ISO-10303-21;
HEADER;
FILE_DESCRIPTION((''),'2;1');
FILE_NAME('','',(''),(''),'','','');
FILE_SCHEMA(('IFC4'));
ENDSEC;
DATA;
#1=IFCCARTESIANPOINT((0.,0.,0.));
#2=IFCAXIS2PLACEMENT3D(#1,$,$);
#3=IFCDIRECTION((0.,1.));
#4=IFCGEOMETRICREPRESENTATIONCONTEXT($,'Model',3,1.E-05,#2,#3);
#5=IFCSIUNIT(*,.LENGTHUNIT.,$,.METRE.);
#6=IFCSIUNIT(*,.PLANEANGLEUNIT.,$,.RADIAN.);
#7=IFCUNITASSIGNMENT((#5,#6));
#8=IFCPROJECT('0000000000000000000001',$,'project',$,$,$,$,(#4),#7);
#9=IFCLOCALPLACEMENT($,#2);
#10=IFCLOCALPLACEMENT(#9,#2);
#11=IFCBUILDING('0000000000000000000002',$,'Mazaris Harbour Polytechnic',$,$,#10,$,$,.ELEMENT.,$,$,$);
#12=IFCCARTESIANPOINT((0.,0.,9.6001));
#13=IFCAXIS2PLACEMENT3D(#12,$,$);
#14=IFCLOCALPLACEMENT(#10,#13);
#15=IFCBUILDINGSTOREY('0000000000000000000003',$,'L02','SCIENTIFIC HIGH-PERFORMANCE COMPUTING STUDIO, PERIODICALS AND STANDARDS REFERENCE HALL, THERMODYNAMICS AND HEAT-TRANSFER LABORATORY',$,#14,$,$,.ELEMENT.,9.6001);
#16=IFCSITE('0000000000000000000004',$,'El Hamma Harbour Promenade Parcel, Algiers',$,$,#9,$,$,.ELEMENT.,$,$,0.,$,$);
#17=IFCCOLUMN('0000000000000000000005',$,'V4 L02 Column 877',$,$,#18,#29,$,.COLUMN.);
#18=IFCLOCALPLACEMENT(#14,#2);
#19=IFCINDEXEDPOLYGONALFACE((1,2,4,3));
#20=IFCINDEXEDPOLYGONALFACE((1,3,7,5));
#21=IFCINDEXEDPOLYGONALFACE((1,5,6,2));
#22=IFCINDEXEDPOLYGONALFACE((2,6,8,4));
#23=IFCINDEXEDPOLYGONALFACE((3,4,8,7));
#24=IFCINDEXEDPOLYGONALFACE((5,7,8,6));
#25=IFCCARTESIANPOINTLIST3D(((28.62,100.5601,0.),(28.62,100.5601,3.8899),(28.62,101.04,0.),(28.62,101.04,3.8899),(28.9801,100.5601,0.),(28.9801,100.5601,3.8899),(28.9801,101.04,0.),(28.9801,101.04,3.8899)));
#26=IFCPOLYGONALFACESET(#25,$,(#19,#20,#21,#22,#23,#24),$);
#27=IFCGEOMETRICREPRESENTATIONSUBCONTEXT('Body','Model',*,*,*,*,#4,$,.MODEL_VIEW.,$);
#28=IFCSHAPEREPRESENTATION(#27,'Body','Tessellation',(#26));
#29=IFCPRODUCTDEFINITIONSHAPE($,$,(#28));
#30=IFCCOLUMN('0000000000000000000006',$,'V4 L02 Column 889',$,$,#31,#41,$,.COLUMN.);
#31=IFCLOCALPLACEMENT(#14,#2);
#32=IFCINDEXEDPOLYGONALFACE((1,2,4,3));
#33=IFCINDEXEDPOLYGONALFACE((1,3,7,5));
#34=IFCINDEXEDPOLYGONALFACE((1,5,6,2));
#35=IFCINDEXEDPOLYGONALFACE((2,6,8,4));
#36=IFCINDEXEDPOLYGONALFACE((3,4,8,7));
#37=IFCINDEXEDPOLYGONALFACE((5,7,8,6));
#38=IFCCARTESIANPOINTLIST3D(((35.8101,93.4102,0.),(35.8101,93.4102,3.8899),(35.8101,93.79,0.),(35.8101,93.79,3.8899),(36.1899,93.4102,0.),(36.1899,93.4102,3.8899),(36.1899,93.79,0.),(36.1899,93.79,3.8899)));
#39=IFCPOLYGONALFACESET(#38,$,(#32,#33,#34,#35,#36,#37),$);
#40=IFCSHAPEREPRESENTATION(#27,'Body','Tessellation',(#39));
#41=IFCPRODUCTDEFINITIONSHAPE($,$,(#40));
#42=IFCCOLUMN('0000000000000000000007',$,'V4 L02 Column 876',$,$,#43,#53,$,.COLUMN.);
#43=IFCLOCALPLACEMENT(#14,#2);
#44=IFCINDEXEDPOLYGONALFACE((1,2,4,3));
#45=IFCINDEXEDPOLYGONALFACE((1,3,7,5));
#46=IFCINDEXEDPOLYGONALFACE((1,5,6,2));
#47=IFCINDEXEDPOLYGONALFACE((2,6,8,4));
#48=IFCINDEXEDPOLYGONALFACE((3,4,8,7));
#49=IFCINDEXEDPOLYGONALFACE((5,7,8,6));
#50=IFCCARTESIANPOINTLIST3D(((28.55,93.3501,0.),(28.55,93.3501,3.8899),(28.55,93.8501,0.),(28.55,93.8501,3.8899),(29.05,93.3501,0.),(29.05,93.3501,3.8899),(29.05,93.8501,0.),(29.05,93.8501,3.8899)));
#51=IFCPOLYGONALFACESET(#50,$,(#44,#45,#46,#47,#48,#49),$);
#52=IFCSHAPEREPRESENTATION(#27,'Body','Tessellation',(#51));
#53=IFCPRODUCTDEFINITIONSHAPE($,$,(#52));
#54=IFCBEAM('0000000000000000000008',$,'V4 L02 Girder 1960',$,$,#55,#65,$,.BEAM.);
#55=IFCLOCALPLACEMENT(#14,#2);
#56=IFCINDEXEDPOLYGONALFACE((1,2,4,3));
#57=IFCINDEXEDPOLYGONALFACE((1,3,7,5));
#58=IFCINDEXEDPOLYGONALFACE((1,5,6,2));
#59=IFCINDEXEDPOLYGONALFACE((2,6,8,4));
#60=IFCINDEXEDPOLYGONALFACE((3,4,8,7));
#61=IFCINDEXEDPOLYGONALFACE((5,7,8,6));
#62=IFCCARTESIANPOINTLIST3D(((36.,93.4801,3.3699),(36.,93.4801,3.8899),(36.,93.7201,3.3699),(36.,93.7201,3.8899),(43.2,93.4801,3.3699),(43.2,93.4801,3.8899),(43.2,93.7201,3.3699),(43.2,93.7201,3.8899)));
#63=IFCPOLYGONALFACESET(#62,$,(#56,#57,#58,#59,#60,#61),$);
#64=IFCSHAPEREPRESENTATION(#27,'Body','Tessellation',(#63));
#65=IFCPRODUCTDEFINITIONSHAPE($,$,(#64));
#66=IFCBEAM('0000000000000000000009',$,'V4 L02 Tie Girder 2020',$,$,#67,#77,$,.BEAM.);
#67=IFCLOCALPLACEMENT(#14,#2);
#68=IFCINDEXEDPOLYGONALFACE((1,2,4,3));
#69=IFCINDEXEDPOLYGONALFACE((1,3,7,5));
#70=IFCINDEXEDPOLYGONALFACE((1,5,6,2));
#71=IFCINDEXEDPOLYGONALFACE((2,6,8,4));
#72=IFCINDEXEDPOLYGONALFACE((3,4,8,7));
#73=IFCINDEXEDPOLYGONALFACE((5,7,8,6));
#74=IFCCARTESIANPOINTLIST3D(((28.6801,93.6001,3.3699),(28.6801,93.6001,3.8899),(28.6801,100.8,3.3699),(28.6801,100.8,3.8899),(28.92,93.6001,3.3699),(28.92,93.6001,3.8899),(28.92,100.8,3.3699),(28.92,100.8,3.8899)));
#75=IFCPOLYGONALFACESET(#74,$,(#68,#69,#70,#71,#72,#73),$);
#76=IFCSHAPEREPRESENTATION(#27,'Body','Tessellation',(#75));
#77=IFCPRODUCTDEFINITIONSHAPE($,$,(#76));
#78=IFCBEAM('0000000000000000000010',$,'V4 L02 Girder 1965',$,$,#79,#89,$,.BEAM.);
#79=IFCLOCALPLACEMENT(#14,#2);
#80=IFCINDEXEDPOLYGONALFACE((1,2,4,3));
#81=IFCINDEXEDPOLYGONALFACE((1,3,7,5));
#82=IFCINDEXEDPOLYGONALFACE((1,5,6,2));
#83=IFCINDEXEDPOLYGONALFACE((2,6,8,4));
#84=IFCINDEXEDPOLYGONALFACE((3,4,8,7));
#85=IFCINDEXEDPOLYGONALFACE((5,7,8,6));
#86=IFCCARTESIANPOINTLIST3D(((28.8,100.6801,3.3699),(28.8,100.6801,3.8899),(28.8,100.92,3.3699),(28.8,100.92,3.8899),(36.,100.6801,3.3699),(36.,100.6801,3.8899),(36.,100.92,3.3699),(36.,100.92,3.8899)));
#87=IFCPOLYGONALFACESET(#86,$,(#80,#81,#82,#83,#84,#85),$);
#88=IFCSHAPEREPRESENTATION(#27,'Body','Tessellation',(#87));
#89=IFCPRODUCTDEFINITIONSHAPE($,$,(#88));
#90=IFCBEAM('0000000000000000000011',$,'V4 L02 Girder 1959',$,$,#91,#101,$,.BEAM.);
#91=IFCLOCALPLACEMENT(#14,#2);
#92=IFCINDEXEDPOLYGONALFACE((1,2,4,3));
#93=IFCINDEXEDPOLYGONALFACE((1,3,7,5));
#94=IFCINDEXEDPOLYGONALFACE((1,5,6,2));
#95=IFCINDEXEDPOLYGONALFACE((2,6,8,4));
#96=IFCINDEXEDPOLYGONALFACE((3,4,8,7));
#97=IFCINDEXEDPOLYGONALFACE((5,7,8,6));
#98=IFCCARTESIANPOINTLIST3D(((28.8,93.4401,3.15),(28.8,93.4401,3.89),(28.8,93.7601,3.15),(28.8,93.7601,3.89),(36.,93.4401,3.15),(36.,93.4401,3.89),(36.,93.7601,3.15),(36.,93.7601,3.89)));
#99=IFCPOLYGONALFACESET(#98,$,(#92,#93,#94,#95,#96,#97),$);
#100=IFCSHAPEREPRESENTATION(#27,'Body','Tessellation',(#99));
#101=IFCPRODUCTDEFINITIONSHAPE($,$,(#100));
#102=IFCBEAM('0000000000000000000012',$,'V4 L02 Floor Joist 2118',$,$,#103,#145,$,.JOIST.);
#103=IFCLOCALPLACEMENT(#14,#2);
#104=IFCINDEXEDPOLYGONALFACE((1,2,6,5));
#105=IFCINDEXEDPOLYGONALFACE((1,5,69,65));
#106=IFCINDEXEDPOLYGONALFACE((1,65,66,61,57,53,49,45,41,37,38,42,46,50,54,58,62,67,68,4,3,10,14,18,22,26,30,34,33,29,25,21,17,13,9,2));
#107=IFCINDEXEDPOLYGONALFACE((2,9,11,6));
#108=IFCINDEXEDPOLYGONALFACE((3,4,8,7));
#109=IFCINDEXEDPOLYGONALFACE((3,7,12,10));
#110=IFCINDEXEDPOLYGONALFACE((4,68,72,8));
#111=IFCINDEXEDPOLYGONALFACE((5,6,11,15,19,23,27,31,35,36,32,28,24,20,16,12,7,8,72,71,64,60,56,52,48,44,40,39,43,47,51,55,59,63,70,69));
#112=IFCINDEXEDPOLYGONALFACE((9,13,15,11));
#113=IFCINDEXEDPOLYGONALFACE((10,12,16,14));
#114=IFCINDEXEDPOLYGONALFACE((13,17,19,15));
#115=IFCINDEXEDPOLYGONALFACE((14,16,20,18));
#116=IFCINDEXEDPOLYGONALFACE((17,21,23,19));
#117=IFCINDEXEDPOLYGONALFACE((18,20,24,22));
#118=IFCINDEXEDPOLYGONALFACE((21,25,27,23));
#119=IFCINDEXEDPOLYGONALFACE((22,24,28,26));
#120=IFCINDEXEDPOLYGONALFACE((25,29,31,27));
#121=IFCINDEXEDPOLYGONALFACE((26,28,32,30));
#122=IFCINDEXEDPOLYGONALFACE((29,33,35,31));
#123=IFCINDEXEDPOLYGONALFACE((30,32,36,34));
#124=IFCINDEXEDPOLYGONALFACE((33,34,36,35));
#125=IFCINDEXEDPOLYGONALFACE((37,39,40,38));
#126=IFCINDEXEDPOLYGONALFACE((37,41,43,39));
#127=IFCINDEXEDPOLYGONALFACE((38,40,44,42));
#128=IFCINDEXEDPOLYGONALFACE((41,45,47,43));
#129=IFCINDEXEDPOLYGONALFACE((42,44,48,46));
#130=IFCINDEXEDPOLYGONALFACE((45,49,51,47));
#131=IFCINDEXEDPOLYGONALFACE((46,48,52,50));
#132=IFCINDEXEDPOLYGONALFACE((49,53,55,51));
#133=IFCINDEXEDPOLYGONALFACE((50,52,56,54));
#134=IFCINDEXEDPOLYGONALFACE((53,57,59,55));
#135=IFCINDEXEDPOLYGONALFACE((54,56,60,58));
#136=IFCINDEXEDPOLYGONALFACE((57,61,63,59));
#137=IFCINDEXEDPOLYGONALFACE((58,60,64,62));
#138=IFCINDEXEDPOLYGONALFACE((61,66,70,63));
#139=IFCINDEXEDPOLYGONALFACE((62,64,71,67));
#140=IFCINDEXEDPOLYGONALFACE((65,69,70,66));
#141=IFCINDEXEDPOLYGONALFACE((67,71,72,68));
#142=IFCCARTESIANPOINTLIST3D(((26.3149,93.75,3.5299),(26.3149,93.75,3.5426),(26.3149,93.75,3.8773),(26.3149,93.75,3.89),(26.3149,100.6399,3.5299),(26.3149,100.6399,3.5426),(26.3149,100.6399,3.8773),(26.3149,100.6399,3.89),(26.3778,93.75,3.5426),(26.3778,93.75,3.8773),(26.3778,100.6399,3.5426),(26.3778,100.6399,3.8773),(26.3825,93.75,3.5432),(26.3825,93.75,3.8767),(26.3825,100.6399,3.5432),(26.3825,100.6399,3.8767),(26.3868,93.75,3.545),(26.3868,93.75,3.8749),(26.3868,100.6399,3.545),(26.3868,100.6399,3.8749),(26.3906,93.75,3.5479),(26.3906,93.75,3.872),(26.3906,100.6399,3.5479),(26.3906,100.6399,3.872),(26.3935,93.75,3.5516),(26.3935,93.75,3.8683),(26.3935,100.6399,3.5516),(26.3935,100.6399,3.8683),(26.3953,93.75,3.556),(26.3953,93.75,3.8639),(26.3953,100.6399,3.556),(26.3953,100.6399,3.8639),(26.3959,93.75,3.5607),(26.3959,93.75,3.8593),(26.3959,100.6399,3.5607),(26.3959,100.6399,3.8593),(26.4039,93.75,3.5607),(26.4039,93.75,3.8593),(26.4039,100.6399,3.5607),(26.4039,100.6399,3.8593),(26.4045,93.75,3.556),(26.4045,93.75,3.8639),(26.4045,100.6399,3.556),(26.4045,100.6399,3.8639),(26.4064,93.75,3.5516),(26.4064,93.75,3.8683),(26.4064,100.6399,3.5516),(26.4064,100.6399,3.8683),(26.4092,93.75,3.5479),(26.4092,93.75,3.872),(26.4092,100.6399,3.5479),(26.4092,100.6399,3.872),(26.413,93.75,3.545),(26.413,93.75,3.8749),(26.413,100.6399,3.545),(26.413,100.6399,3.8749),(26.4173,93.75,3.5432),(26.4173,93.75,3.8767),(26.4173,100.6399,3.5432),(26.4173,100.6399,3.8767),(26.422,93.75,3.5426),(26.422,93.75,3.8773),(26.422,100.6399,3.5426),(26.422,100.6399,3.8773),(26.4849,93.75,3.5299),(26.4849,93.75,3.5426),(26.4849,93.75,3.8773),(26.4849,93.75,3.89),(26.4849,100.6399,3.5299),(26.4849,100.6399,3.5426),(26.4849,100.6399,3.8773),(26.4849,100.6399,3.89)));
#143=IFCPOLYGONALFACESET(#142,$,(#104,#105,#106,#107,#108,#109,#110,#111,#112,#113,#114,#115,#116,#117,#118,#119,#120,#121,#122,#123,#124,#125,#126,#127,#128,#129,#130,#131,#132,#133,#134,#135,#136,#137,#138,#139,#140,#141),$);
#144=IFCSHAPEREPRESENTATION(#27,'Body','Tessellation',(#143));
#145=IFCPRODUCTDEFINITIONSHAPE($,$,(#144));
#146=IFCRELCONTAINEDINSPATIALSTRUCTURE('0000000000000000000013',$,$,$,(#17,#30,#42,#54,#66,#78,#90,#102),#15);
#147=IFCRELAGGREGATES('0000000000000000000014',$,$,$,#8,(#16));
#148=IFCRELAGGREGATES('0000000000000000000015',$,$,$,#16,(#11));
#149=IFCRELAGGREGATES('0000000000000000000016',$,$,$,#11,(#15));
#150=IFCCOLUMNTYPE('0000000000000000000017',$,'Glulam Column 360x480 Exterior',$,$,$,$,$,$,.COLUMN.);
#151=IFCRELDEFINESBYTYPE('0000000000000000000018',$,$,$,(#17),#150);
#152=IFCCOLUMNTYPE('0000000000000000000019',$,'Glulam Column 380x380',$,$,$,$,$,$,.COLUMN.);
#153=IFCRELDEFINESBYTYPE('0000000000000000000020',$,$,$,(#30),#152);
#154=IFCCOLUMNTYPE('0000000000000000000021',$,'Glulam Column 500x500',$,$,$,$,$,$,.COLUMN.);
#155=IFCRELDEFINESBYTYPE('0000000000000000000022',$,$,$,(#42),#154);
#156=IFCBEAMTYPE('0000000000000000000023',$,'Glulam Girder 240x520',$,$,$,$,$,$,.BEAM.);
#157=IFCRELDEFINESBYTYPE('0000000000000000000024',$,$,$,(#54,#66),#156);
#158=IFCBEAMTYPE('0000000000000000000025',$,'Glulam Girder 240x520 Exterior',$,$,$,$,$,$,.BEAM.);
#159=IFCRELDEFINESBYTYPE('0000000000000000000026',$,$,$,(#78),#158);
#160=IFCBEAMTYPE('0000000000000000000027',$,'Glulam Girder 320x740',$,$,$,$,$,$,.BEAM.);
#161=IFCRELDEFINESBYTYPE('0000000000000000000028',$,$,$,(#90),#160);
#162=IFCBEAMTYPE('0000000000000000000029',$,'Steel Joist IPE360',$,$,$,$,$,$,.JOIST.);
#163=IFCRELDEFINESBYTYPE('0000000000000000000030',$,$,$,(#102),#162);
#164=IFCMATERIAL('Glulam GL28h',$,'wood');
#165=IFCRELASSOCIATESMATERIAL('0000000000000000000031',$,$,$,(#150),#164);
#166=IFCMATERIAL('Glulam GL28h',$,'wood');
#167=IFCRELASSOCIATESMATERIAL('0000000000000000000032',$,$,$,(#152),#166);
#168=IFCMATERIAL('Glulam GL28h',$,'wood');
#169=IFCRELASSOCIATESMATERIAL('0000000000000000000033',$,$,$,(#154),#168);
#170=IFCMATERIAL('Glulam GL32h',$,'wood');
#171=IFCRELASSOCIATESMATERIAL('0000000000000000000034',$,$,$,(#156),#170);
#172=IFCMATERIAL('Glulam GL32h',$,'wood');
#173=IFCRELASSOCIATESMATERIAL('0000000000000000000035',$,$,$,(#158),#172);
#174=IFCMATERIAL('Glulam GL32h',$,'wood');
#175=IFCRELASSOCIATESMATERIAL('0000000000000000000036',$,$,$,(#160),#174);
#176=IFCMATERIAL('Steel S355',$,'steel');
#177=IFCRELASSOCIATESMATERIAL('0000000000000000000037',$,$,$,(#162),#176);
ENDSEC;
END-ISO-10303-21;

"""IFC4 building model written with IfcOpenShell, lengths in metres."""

from ifc_helpers import new_model, si_unit, direction, frame, origin, origin_2d, place, context, subcontext, project, spatial, rectangle, i_section, extrude, material, material_profile, profile_set, type_object, element, save


model = new_model("IFC4")

# Units and contexts
model_context = context("Model", 3, precision=1e-05, world=origin(), true_north=direction((0.0, 1.0)))
body_context = subcontext(model_context, "Body", "Model", "MODEL_VIEW")
ifc_project = project(units=[si_unit("LENGTHUNIT", "METRE"), si_unit("PLANEANGLEUNIT", "RADIAN")], contexts=[model_context])

# Site, building, storey
site_placement = place(None, origin())
site = spatial("IfcSite", under=ifc_project, at=site_placement, Name="El Hamma Harbour Promenade Parcel, Algiers", CompositionType="ELEMENT", RefElevation=0.0)
building_placement = place(site_placement, origin())
building = spatial("IfcBuilding", under=site, at=building_placement, Name="Mazaris Harbour Polytechnic", CompositionType="ELEMENT")
storey_placement = place(building_placement, frame((0.0, 0.0, 9.6001)))
storey = spatial("IfcBuildingStorey", under=building, at=storey_placement, Name="L02", Description="SCIENTIFIC HIGH-PERFORMANCE COMPUTING STUDIO, PERIODICALS AND STANDARDS REFERENCE HALL, THERMODYNAMICS AND HEAT-TRANSFER LABORATORY", CompositionType="ELEMENT", Elevation=9.6001)

# Columns
ifc_material_1 = material(Name="Glulam GL28h", Category="wood")
ifc_material_profile_1 = material_profile(ifc_material_1, rectangle(XDim=0.3601, YDim=0.48, at=origin_2d()), Name="RECT360x480")
ifc_profile_set_1 = profile_set([ifc_material_profile_1], Name="Glulam GL28h")
column_type_1 = type_object("IfcColumnType", Name="Glulam Column 360x480 Exterior", PredefinedType="COLUMN", material=ifc_profile_set_1)
column_1_placement = place(storey_placement, frame((28.8, 100.8, 0.0), z_axis=(0.0, 0.0, 1.0), x_axis=(1.0, 0.0, 0.0)))
element("IfcColumn", 1, at=column_1_placement, inside=storey, type_object=column_type_1, Name="V4 L02 Column 877", PredefinedType="COLUMN", context=body_context, shape_type="SweptSolid", body=[
    extrude(rectangle(XDim=0.3601, YDim=0.48, at=origin_2d()), origin(), (0.0, 0.0, 1.0), 3.8899),
])
ifc_material_2 = material(Name="Glulam GL28h", Category="wood")
ifc_material_profile_2 = material_profile(ifc_material_2, rectangle(XDim=0.3799, YDim=0.3799, at=origin_2d()), Name="RECT380x380")
ifc_profile_set_2 = profile_set([ifc_material_profile_2], Name="Glulam GL28h")
column_type_2 = type_object("IfcColumnType", Name="Glulam Column 380x380", PredefinedType="COLUMN", material=ifc_profile_set_2)
column_2_placement = place(storey_placement, frame((36.0, 93.6001, 0.0), z_axis=(0.0, 0.0, 1.0), x_axis=(1.0, 0.0, 0.0)))
element("IfcColumn", 2, at=column_2_placement, inside=storey, type_object=column_type_2, Name="V4 L02 Column 889", PredefinedType="COLUMN", context=body_context, shape_type="SweptSolid", body=[
    extrude(rectangle(XDim=0.3799, YDim=0.3799, at=origin_2d()), origin(), (0.0, 0.0, 1.0), 3.8899),
])
ifc_material_3 = material(Name="Glulam GL28h", Category="wood")
ifc_material_profile_3 = material_profile(ifc_material_3, rectangle(XDim=0.5, YDim=0.5, at=origin_2d()), Name="RECT500x500")
ifc_profile_set_3 = profile_set([ifc_material_profile_3], Name="Glulam GL28h")
column_type_3 = type_object("IfcColumnType", Name="Glulam Column 500x500", PredefinedType="COLUMN", material=ifc_profile_set_3)
column_3_placement = place(storey_placement, frame((28.8, 93.6001, 0.0), z_axis=(0.0, 0.0, 1.0), x_axis=(1.0, 0.0, 0.0)))
element("IfcColumn", 3, at=column_3_placement, inside=storey, type_object=column_type_3, Name="V4 L02 Column 876", PredefinedType="COLUMN", context=body_context, shape_type="SweptSolid", body=[
    extrude(rectangle(XDim=0.5, YDim=0.5, at=origin_2d()), origin(), (0.0, 0.0, 1.0), 3.8899),
])

# Beams
ifc_material_4 = material(Name="Glulam GL32h", Category="wood")
ifc_material_profile_4 = material_profile(ifc_material_4, rectangle(XDim=0.24, YDim=0.52, at=origin_2d()), Name="RECT240x520")
ifc_profile_set_4 = profile_set([ifc_material_profile_4], Name="Glulam GL32h")
beam_type_1 = type_object("IfcBeamType", Name="Glulam Girder 240x520", PredefinedType="BEAM", material=ifc_profile_set_4)
for number, where, z_axis, x_axis, name in (
    (4, (36.0, 93.6001, 3.6299), (1.0, 0.0, 0.0), (0.0, 1.0, 0.0), "V4 L02 Girder 1960"),
    (5, (28.8, 93.6001, 3.6299), (0.0, 1.0, 0.0), (-1.0, 0.0, 0.0), "V4 L02 Tie Girder 2020"),
):
    element("IfcBeam", number, at=place(storey_placement, frame(where, z_axis=z_axis, x_axis=x_axis)), inside=storey, type_object=beam_type_1, Name=name, PredefinedType="BEAM", context=body_context, shape_type="SweptSolid", body=[
        extrude(rectangle(XDim=0.24, YDim=0.52, at=origin_2d()), origin(), (0.0, 0.0, 1.0), 7.2),
    ])
ifc_material_5 = material(Name="Glulam GL32h", Category="wood")
ifc_material_profile_5 = material_profile(ifc_material_5, rectangle(XDim=0.24, YDim=0.52, at=origin_2d()), Name="RECT240x520")
ifc_profile_set_5 = profile_set([ifc_material_profile_5], Name="Glulam GL32h")
beam_type_2 = type_object("IfcBeamType", Name="Glulam Girder 240x520 Exterior", PredefinedType="BEAM", material=ifc_profile_set_5)
beam_1_placement = place(storey_placement, frame((28.8, 100.8, 3.6299), z_axis=(1.0, 0.0, 0.0), x_axis=(0.0, 1.0, 0.0)))
element("IfcBeam", 6, at=beam_1_placement, inside=storey, type_object=beam_type_2, Name="V4 L02 Girder 1965", PredefinedType="BEAM", context=body_context, shape_type="SweptSolid", body=[
    extrude(rectangle(XDim=0.24, YDim=0.52, at=origin_2d()), origin(), (0.0, 0.0, 1.0), 7.2),
])
ifc_material_6 = material(Name="Glulam GL32h", Category="wood")
ifc_material_profile_6 = material_profile(ifc_material_6, rectangle(XDim=0.3201, YDim=0.74, at=origin_2d()), Name="RECT320x740")
ifc_profile_set_6 = profile_set([ifc_material_profile_6], Name="Glulam GL32h")
beam_type_3 = type_object("IfcBeamType", Name="Glulam Girder 320x740", PredefinedType="BEAM", material=ifc_profile_set_6)
beam_2_placement = place(storey_placement, frame((28.8, 93.6001, 3.52), z_axis=(1.0, 0.0, 0.0), x_axis=(0.0, 1.0, 0.0)))
element("IfcBeam", 7, at=beam_2_placement, inside=storey, type_object=beam_type_3, Name="V4 L02 Girder 1959", PredefinedType="BEAM", context=body_context, shape_type="SweptSolid", body=[
    extrude(rectangle(XDim=0.3201, YDim=0.74, at=origin_2d()), origin(), (0.0, 0.0, 1.0), 7.2),
])
ifc_material_7 = material(Name="Steel S355", Category="steel")
ifc_material_profile_7 = material_profile(ifc_material_7, i_section(OverallWidth=0.1699, OverallDepth=0.3601, WebThickness=0.0081, FlangeThickness=0.0127, FilletRadius=0.0181, at=origin_2d()), Name="IPE 360")
ifc_profile_set_7 = profile_set([ifc_material_profile_7], Name="Steel S355")
beam_type_4 = type_object("IfcBeamType", Name="Steel Joist IPE360", PredefinedType="JOIST", material=ifc_profile_set_7)
beam_3_placement = place(storey_placement, frame((26.3999, 93.75, 3.71), z_axis=(0.0, 1.0, 0.0), x_axis=(-1.0, 0.0, 0.0)))
element("IfcBeam", 8, at=beam_3_placement, inside=storey, type_object=beam_type_4, Name="V4 L02 Floor Joist 2118", PredefinedType="JOIST", context=body_context, shape_type="SweptSolid", body=[
    extrude(i_section(OverallWidth=0.1699, OverallDepth=0.3601, WebThickness=0.0081, FlangeThickness=0.0127, FilletRadius=0.0181, at=origin_2d()), origin(), (0.0, 0.0, 1.0), 6.8899),
])

save(model, "model.ifc")
